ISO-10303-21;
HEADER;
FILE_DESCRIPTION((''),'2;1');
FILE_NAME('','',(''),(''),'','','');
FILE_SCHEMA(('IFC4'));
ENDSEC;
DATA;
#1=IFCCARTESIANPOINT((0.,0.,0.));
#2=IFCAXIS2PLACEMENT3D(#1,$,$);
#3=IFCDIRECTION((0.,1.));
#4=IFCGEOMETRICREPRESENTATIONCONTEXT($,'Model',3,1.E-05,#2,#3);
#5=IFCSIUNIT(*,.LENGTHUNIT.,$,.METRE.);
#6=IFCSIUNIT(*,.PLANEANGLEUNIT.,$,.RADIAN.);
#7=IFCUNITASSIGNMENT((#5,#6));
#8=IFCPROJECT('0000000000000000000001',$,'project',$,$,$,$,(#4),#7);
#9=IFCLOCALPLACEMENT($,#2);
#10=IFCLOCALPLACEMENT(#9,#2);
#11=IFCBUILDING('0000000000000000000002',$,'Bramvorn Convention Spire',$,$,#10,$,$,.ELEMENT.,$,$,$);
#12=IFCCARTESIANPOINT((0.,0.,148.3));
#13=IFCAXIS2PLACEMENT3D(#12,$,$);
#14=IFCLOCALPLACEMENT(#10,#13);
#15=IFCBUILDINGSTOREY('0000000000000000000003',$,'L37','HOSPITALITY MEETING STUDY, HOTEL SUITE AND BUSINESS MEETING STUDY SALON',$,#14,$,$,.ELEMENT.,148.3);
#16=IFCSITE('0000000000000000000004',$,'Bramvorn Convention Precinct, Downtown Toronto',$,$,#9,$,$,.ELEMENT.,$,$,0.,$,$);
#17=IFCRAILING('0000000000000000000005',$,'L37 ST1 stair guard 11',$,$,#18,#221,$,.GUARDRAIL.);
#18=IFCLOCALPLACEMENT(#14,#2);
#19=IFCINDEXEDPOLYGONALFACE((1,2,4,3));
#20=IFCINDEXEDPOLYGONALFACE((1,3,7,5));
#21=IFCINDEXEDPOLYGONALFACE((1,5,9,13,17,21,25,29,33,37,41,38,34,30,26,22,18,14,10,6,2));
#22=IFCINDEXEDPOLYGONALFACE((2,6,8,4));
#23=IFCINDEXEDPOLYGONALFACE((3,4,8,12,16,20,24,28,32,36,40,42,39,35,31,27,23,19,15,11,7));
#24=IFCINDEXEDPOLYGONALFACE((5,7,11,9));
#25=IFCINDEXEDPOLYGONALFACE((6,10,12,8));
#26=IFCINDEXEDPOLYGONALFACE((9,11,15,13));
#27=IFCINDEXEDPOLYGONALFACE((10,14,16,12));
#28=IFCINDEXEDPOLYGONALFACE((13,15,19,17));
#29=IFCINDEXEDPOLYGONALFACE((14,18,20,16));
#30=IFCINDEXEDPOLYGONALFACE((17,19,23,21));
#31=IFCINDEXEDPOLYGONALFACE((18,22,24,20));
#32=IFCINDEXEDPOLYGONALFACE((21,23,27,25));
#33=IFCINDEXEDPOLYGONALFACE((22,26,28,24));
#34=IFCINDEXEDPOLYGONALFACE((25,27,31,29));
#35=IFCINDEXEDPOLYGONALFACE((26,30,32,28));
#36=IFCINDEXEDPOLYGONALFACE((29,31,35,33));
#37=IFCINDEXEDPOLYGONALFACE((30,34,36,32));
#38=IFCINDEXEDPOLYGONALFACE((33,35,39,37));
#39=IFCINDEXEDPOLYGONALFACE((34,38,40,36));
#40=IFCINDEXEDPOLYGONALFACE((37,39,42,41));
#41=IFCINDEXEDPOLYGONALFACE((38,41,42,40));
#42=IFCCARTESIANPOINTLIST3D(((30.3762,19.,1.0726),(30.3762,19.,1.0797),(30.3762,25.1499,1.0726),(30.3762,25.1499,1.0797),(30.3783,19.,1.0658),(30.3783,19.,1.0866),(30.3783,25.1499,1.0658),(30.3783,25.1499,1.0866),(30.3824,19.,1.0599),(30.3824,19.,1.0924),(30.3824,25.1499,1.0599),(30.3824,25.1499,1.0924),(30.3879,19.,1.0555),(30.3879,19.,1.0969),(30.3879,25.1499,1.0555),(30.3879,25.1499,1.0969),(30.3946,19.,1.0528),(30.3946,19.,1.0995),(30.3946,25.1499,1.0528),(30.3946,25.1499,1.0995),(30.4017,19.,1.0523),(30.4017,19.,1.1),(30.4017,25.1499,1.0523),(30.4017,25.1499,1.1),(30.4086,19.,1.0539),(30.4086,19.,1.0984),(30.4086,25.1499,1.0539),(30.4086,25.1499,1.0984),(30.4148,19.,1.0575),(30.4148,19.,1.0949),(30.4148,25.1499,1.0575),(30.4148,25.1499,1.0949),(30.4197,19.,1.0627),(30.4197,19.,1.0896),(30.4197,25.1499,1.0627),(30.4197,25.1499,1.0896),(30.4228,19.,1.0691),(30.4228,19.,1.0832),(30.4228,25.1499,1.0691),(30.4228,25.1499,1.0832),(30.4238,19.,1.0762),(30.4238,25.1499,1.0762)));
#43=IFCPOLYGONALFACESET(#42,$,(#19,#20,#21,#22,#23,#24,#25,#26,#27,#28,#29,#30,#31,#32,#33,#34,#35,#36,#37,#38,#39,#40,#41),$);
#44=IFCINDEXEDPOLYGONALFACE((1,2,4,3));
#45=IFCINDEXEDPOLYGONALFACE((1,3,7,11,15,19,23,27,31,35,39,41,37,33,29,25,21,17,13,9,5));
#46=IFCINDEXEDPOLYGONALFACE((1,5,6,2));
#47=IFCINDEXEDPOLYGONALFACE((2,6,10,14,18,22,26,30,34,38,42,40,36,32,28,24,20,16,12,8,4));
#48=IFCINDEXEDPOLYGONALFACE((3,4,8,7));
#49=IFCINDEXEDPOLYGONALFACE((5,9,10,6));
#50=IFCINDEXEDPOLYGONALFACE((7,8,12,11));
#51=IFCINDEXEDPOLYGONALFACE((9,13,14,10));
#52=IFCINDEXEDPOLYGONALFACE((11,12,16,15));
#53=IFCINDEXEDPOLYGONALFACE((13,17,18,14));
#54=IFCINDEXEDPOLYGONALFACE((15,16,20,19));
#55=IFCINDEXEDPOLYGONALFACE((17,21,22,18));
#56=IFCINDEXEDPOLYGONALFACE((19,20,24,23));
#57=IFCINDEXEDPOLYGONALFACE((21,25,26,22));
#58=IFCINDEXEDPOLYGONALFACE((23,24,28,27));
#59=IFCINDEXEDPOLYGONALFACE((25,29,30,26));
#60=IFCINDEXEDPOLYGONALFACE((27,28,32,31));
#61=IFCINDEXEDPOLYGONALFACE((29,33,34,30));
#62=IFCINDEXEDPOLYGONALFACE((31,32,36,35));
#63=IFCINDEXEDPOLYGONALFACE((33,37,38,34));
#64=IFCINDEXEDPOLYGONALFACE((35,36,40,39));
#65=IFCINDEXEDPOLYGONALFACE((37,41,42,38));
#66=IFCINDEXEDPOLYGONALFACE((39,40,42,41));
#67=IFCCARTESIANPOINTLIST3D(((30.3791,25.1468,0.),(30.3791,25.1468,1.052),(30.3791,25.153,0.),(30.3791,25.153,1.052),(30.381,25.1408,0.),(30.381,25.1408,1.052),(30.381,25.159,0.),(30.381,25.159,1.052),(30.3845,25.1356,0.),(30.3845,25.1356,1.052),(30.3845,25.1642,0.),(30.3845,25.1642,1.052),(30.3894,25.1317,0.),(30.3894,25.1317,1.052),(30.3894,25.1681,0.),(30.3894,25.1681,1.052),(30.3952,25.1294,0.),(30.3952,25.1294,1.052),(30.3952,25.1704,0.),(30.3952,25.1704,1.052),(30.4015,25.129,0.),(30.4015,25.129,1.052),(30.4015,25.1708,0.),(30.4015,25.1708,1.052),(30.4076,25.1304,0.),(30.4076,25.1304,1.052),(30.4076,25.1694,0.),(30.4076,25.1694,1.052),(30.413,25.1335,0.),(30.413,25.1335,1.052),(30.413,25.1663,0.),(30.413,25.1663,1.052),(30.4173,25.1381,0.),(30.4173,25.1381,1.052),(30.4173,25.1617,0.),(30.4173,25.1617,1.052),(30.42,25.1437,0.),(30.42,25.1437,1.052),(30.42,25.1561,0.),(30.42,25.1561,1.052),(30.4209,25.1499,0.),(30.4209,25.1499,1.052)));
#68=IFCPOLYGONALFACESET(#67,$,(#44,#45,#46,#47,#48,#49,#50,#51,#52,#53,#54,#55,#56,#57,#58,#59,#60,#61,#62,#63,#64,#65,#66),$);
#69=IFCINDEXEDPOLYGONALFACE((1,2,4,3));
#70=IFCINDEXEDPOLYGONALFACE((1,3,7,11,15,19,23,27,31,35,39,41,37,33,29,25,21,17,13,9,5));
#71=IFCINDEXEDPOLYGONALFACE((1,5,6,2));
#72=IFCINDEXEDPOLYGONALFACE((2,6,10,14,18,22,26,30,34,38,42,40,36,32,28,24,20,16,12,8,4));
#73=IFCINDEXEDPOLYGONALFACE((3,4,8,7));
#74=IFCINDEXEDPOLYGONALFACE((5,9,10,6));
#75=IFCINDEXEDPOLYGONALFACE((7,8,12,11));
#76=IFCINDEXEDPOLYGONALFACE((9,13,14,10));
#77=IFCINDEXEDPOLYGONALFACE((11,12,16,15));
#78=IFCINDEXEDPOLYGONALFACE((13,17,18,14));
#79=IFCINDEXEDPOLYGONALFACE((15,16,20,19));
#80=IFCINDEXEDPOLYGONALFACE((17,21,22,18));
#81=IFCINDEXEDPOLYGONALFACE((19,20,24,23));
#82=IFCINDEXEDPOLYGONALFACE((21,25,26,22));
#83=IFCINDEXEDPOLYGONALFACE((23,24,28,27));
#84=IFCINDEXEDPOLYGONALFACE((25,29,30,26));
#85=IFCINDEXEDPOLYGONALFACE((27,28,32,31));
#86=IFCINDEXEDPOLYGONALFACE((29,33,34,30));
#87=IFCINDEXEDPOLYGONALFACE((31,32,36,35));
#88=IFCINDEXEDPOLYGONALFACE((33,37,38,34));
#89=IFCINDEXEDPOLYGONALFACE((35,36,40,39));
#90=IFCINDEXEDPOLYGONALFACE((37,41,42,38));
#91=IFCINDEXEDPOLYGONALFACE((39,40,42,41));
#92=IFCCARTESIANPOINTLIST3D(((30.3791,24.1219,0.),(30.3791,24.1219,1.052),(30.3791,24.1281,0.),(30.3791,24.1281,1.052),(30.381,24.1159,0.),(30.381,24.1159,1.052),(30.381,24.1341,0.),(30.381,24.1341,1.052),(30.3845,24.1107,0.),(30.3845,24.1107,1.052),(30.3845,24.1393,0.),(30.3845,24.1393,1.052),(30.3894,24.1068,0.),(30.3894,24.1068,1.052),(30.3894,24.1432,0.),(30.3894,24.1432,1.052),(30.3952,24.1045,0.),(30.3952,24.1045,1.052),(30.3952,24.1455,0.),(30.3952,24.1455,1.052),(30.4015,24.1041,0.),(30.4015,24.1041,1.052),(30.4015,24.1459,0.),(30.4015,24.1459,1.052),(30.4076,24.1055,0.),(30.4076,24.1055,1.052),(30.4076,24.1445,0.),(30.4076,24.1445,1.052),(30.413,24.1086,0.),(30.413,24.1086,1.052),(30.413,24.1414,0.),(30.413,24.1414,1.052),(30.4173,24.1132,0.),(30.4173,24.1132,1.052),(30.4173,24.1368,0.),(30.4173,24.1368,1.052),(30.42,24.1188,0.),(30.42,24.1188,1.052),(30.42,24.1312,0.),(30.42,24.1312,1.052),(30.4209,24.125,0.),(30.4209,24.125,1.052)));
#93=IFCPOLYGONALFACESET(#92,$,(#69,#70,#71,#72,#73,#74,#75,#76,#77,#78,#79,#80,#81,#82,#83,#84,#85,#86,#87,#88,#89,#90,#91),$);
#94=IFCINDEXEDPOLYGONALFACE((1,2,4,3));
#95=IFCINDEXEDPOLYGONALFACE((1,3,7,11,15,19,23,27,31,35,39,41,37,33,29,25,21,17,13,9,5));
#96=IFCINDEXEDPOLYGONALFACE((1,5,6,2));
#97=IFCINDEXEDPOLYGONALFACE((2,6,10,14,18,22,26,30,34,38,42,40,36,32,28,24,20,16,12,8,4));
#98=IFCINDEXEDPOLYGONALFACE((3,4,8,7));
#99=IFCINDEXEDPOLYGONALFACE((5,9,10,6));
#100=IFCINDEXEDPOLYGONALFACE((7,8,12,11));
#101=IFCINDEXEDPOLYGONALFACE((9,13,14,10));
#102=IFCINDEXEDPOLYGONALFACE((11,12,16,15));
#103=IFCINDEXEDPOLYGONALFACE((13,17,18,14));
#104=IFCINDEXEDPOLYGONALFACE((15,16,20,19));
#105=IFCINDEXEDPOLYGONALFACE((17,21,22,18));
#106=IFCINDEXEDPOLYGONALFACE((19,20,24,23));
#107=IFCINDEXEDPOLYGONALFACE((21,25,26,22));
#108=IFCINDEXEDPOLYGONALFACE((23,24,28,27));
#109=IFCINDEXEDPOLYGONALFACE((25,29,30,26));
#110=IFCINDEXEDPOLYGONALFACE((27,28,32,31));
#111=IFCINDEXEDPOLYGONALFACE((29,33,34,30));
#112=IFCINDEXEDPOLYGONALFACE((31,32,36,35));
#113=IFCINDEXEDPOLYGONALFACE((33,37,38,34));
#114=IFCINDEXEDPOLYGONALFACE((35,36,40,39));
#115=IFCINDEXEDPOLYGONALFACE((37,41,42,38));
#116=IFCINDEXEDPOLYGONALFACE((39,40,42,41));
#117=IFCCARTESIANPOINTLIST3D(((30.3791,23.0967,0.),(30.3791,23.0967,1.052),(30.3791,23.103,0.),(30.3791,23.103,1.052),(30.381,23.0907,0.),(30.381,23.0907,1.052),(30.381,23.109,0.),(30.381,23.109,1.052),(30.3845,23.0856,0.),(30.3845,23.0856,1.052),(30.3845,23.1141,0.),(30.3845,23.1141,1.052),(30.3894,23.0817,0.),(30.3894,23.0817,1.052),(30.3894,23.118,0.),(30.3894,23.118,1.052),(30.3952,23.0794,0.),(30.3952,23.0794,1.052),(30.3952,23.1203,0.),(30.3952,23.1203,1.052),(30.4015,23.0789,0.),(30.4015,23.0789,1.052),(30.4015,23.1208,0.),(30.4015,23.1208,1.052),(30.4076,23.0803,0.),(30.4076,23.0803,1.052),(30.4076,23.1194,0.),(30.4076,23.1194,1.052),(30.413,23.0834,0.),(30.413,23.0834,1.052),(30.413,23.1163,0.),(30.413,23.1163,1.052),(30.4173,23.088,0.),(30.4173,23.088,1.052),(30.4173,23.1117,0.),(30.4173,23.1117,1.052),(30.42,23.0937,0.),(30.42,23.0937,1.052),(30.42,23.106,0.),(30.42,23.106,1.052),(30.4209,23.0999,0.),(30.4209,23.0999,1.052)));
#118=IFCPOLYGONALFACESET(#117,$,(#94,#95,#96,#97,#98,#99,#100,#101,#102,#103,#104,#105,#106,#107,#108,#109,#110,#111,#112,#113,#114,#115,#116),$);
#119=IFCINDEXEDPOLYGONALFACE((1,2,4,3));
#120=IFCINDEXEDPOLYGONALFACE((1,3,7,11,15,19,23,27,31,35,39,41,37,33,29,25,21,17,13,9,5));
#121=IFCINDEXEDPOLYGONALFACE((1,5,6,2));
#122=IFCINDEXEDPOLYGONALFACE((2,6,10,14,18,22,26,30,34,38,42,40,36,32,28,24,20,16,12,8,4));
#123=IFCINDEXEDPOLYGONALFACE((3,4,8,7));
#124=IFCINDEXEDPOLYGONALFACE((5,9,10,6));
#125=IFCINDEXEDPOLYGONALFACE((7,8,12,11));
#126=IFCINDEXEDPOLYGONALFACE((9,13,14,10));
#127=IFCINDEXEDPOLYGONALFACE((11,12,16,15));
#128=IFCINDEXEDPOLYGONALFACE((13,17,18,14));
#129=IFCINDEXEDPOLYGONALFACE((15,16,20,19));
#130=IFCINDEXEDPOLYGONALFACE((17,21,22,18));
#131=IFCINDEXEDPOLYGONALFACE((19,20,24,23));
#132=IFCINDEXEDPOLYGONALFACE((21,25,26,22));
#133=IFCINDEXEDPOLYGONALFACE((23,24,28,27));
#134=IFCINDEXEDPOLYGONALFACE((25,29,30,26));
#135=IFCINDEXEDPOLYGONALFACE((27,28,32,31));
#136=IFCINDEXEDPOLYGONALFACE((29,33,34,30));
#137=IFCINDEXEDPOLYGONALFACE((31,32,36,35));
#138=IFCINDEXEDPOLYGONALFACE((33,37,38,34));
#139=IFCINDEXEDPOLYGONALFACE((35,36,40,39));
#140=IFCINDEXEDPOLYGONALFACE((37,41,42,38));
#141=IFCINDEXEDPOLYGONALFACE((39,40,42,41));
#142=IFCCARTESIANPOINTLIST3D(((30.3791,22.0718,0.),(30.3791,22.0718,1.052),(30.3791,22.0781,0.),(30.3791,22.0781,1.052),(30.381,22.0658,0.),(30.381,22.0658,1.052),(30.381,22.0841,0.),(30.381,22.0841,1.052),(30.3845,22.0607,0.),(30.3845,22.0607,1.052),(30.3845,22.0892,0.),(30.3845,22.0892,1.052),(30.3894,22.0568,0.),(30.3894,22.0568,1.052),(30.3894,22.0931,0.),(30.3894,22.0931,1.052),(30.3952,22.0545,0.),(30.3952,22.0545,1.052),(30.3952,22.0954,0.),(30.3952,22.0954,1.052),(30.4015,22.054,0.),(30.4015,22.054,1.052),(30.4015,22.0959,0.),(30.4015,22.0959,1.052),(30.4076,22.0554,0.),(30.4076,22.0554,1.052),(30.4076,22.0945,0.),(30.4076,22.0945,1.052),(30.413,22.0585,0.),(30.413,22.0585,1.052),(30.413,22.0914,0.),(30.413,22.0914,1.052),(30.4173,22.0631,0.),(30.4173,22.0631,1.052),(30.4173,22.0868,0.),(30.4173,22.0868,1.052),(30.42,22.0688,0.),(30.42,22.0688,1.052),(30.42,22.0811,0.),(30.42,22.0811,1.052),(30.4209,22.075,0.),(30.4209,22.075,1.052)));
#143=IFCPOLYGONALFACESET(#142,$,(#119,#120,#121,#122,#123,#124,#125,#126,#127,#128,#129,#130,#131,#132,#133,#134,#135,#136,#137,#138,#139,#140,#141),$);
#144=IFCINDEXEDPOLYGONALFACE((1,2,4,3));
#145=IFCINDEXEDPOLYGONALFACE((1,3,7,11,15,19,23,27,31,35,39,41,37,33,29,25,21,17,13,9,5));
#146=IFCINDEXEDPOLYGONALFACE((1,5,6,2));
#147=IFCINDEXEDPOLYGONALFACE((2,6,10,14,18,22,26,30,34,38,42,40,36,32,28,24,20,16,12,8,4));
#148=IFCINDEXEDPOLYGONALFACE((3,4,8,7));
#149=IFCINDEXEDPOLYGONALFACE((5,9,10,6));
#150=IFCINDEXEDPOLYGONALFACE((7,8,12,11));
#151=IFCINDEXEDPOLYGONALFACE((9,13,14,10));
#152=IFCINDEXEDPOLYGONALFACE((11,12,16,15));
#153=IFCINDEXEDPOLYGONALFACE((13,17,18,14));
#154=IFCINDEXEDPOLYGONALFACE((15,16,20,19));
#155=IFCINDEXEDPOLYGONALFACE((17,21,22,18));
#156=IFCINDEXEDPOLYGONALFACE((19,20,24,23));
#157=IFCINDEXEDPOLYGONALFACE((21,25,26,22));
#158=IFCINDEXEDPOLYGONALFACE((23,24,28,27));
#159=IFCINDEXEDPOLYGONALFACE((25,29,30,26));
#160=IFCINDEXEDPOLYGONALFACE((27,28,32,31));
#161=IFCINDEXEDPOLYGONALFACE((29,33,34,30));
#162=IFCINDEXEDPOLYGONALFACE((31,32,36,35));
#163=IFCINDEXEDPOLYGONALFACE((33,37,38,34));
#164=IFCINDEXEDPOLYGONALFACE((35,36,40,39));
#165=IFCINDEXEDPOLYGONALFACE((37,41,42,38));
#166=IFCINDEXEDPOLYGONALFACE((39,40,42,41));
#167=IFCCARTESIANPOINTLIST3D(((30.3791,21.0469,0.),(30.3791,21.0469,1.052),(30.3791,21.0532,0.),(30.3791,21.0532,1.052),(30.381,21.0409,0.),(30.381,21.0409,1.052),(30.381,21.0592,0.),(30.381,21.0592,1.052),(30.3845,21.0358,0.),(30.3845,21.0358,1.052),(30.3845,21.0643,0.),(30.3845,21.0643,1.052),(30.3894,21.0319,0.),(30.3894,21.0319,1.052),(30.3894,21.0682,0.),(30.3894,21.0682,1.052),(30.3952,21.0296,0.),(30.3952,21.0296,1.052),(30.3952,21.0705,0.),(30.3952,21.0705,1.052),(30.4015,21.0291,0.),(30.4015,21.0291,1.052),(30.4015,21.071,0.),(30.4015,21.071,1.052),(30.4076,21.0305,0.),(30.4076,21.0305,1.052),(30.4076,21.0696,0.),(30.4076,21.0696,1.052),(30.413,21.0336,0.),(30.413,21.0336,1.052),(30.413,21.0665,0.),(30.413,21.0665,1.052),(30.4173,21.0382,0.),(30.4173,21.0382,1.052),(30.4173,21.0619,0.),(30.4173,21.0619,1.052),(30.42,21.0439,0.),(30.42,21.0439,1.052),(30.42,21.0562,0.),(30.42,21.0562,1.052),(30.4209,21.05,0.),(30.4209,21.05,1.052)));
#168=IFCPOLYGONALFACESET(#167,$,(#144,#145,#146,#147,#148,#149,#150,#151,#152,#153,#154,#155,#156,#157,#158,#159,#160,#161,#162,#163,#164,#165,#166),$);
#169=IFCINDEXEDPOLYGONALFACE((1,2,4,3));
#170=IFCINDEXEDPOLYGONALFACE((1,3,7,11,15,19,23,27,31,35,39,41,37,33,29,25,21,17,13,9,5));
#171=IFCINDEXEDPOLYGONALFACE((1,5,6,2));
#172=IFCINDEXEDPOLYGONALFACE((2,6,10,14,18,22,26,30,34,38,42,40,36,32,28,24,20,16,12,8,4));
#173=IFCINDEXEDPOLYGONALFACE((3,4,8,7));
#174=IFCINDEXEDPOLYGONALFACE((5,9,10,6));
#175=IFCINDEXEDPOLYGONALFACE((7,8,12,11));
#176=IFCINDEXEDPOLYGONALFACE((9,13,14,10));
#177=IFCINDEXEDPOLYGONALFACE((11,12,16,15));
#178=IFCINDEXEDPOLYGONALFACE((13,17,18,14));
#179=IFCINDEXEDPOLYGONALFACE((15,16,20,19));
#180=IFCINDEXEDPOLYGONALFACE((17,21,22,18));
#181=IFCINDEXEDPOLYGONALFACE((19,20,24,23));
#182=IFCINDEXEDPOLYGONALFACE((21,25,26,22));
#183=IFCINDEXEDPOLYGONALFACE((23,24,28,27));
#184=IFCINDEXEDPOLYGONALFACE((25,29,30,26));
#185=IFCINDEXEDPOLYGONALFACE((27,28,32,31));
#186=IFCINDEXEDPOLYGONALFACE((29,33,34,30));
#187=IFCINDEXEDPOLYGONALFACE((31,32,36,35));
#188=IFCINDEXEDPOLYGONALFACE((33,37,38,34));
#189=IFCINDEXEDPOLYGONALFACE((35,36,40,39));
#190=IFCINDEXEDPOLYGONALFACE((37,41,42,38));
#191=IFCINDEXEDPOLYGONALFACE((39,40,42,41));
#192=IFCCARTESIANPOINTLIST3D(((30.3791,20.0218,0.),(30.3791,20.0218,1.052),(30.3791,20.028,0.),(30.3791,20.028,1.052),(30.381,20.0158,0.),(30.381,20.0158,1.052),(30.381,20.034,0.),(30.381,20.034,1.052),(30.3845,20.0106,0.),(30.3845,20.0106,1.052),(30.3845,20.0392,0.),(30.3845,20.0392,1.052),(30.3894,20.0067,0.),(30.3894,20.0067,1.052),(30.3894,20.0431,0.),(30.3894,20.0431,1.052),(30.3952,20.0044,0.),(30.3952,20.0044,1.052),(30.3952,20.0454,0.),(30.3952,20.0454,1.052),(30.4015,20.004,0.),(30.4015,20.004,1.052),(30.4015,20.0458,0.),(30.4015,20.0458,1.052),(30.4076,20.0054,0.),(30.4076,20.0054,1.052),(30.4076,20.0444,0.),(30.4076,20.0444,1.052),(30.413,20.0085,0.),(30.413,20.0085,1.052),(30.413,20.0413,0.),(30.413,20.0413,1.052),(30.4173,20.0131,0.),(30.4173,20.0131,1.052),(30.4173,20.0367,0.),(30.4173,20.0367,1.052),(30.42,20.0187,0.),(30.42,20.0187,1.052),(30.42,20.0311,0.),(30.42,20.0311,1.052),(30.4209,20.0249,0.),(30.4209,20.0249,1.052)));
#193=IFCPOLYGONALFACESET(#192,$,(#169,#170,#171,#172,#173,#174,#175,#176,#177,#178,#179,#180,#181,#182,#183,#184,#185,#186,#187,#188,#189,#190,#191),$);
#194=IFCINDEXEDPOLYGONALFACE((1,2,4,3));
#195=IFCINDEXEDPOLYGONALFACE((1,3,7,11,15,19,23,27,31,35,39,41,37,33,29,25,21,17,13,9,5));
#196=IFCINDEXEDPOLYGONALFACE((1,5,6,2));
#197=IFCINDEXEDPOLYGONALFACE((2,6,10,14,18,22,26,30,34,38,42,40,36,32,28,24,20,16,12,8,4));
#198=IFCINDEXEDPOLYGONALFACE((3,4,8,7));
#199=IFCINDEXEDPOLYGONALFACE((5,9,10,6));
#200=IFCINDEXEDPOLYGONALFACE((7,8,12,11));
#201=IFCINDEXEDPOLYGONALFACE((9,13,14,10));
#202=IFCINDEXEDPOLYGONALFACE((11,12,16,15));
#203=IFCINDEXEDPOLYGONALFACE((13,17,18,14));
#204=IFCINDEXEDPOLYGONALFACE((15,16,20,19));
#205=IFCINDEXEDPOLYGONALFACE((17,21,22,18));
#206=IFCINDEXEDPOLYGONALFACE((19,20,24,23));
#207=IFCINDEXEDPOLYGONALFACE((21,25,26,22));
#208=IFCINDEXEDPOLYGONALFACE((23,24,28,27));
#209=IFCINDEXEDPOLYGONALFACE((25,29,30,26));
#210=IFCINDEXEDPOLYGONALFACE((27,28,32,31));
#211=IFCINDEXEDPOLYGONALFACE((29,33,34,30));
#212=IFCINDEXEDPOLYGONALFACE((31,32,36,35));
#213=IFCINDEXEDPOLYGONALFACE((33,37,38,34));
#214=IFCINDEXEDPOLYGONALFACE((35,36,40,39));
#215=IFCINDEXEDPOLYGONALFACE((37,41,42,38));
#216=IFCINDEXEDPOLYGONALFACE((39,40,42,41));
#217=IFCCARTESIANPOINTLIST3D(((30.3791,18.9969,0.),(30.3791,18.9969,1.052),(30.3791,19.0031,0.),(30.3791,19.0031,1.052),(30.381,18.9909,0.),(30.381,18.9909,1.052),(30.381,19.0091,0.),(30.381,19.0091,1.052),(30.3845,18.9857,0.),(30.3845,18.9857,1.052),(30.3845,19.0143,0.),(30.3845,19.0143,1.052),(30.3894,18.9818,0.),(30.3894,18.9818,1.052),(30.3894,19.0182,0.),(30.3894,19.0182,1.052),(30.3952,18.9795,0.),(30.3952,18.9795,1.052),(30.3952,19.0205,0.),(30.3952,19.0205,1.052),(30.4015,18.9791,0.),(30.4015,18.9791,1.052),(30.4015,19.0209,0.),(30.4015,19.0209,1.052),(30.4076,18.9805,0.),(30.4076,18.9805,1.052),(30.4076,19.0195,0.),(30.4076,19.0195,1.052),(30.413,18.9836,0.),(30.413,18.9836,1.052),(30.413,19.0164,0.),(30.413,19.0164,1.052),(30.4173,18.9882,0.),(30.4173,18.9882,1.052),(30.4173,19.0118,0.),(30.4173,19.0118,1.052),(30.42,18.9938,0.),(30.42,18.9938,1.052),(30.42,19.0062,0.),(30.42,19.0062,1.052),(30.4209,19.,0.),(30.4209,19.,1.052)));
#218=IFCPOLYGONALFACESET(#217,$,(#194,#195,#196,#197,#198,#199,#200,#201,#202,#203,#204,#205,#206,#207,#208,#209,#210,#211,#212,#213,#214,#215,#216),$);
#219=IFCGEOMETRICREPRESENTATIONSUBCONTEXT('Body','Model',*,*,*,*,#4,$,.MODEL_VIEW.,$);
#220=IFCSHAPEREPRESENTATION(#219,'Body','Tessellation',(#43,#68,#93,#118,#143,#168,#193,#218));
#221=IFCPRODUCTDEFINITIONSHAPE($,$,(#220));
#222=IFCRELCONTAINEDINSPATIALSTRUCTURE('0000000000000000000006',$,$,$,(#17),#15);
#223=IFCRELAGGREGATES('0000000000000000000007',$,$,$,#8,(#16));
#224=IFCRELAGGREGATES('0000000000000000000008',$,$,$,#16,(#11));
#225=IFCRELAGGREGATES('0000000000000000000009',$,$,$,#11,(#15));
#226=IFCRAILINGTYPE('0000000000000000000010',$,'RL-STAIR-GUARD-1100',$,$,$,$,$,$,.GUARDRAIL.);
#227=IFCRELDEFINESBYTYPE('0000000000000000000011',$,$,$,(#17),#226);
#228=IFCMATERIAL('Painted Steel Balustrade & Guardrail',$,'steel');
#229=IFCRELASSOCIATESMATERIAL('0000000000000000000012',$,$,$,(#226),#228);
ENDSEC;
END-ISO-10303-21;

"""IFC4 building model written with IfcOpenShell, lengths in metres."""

from ifc_helpers import new_model, si_unit, direction, frame, origin, origin_2d, place, context, subcontext, project, spatial, circle, extrude, material, type_object, element, save


model = new_model("IFC4")

# Units and contexts
model_context = context("Model", 3, precision=1e-05, world=origin(), true_north=direction((0.0, 1.0)))
body_context = subcontext(model_context, "Body", "Model", "MODEL_VIEW")
ifc_project = project(units=[si_unit("LENGTHUNIT", "METRE"), si_unit("PLANEANGLEUNIT", "RADIAN")], contexts=[model_context])

# Site, building, storey
site_placement = place(None, origin())
site = spatial("IfcSite", under=ifc_project, at=site_placement, Name="Bramvorn Convention Precinct, Downtown Toronto", CompositionType="ELEMENT", RefElevation=0.0)
building_placement = place(site_placement, origin())
building = spatial("IfcBuilding", under=site, at=building_placement, Name="Bramvorn Convention Spire", CompositionType="ELEMENT")
storey_placement = place(building_placement, frame((0.0, 0.0, 148.3)))
storey = spatial("IfcBuildingStorey", under=building, at=storey_placement, Name="L37", Description="HOSPITALITY MEETING STUDY, HOTEL SUITE AND BUSINESS MEETING STUDY SALON", CompositionType="ELEMENT", Elevation=148.3)

# Railing
ifc_material_1 = material(Name="Painted Steel Balustrade & Guardrail", Category="steel")
railing_type_1 = type_object("IfcRailingType", Name="RL-STAIR-GUARD-1100", PredefinedType="GUARDRAIL", material=ifc_material_1)
railing_1_placement = place(storey_placement, frame((30.3999, 25.1499, 0.0)))
element("IfcRailing", 1, at=railing_1_placement, inside=storey, type_object=railing_type_1, Name="L37 ST1 stair guard 11", PredefinedType="GUARDRAIL", context=body_context, shape_type="SweptSolid", body=[
    extrude(circle(Radius=0.0239, at=origin_2d()), frame((0.0, 0.0, 1.0762), z_axis=(0.0, -1.0, 0.0), x_axis=(1.0, 0.0, 0.0)), (0.0, 0.0, 1.0), 6.1499),
    extrude(circle(Radius=0.021, at=origin_2d()), origin(), (0.0, 0.0, 1.0), 1.052),
    extrude(circle(Radius=0.021, at=origin_2d()), frame((0.0, -1.0249, 0.0)), (0.0, 0.0, 1.0), 1.052),
    extrude(circle(Radius=0.021, at=origin_2d()), frame((0.0, -2.05, 0.0)), (0.0, 0.0, 1.0), 1.052),
    extrude(circle(Radius=0.021, at=origin_2d()), frame((0.0, -3.075, 0.0)), (0.0, 0.0, 1.0), 1.052),
    extrude(circle(Radius=0.021, at=origin_2d()), frame((0.0, -4.0999, 0.0)), (0.0, 0.0, 1.0), 1.052),
    extrude(circle(Radius=0.021, at=origin_2d()), frame((0.0, -5.125, 0.0)), (0.0, 0.0, 1.0), 1.052),
    extrude(circle(Radius=0.021, at=origin_2d()), frame((0.0, -6.1499, 0.0)), (0.0, 0.0, 1.0), 1.052),
])

save(model, "model.ifc")
